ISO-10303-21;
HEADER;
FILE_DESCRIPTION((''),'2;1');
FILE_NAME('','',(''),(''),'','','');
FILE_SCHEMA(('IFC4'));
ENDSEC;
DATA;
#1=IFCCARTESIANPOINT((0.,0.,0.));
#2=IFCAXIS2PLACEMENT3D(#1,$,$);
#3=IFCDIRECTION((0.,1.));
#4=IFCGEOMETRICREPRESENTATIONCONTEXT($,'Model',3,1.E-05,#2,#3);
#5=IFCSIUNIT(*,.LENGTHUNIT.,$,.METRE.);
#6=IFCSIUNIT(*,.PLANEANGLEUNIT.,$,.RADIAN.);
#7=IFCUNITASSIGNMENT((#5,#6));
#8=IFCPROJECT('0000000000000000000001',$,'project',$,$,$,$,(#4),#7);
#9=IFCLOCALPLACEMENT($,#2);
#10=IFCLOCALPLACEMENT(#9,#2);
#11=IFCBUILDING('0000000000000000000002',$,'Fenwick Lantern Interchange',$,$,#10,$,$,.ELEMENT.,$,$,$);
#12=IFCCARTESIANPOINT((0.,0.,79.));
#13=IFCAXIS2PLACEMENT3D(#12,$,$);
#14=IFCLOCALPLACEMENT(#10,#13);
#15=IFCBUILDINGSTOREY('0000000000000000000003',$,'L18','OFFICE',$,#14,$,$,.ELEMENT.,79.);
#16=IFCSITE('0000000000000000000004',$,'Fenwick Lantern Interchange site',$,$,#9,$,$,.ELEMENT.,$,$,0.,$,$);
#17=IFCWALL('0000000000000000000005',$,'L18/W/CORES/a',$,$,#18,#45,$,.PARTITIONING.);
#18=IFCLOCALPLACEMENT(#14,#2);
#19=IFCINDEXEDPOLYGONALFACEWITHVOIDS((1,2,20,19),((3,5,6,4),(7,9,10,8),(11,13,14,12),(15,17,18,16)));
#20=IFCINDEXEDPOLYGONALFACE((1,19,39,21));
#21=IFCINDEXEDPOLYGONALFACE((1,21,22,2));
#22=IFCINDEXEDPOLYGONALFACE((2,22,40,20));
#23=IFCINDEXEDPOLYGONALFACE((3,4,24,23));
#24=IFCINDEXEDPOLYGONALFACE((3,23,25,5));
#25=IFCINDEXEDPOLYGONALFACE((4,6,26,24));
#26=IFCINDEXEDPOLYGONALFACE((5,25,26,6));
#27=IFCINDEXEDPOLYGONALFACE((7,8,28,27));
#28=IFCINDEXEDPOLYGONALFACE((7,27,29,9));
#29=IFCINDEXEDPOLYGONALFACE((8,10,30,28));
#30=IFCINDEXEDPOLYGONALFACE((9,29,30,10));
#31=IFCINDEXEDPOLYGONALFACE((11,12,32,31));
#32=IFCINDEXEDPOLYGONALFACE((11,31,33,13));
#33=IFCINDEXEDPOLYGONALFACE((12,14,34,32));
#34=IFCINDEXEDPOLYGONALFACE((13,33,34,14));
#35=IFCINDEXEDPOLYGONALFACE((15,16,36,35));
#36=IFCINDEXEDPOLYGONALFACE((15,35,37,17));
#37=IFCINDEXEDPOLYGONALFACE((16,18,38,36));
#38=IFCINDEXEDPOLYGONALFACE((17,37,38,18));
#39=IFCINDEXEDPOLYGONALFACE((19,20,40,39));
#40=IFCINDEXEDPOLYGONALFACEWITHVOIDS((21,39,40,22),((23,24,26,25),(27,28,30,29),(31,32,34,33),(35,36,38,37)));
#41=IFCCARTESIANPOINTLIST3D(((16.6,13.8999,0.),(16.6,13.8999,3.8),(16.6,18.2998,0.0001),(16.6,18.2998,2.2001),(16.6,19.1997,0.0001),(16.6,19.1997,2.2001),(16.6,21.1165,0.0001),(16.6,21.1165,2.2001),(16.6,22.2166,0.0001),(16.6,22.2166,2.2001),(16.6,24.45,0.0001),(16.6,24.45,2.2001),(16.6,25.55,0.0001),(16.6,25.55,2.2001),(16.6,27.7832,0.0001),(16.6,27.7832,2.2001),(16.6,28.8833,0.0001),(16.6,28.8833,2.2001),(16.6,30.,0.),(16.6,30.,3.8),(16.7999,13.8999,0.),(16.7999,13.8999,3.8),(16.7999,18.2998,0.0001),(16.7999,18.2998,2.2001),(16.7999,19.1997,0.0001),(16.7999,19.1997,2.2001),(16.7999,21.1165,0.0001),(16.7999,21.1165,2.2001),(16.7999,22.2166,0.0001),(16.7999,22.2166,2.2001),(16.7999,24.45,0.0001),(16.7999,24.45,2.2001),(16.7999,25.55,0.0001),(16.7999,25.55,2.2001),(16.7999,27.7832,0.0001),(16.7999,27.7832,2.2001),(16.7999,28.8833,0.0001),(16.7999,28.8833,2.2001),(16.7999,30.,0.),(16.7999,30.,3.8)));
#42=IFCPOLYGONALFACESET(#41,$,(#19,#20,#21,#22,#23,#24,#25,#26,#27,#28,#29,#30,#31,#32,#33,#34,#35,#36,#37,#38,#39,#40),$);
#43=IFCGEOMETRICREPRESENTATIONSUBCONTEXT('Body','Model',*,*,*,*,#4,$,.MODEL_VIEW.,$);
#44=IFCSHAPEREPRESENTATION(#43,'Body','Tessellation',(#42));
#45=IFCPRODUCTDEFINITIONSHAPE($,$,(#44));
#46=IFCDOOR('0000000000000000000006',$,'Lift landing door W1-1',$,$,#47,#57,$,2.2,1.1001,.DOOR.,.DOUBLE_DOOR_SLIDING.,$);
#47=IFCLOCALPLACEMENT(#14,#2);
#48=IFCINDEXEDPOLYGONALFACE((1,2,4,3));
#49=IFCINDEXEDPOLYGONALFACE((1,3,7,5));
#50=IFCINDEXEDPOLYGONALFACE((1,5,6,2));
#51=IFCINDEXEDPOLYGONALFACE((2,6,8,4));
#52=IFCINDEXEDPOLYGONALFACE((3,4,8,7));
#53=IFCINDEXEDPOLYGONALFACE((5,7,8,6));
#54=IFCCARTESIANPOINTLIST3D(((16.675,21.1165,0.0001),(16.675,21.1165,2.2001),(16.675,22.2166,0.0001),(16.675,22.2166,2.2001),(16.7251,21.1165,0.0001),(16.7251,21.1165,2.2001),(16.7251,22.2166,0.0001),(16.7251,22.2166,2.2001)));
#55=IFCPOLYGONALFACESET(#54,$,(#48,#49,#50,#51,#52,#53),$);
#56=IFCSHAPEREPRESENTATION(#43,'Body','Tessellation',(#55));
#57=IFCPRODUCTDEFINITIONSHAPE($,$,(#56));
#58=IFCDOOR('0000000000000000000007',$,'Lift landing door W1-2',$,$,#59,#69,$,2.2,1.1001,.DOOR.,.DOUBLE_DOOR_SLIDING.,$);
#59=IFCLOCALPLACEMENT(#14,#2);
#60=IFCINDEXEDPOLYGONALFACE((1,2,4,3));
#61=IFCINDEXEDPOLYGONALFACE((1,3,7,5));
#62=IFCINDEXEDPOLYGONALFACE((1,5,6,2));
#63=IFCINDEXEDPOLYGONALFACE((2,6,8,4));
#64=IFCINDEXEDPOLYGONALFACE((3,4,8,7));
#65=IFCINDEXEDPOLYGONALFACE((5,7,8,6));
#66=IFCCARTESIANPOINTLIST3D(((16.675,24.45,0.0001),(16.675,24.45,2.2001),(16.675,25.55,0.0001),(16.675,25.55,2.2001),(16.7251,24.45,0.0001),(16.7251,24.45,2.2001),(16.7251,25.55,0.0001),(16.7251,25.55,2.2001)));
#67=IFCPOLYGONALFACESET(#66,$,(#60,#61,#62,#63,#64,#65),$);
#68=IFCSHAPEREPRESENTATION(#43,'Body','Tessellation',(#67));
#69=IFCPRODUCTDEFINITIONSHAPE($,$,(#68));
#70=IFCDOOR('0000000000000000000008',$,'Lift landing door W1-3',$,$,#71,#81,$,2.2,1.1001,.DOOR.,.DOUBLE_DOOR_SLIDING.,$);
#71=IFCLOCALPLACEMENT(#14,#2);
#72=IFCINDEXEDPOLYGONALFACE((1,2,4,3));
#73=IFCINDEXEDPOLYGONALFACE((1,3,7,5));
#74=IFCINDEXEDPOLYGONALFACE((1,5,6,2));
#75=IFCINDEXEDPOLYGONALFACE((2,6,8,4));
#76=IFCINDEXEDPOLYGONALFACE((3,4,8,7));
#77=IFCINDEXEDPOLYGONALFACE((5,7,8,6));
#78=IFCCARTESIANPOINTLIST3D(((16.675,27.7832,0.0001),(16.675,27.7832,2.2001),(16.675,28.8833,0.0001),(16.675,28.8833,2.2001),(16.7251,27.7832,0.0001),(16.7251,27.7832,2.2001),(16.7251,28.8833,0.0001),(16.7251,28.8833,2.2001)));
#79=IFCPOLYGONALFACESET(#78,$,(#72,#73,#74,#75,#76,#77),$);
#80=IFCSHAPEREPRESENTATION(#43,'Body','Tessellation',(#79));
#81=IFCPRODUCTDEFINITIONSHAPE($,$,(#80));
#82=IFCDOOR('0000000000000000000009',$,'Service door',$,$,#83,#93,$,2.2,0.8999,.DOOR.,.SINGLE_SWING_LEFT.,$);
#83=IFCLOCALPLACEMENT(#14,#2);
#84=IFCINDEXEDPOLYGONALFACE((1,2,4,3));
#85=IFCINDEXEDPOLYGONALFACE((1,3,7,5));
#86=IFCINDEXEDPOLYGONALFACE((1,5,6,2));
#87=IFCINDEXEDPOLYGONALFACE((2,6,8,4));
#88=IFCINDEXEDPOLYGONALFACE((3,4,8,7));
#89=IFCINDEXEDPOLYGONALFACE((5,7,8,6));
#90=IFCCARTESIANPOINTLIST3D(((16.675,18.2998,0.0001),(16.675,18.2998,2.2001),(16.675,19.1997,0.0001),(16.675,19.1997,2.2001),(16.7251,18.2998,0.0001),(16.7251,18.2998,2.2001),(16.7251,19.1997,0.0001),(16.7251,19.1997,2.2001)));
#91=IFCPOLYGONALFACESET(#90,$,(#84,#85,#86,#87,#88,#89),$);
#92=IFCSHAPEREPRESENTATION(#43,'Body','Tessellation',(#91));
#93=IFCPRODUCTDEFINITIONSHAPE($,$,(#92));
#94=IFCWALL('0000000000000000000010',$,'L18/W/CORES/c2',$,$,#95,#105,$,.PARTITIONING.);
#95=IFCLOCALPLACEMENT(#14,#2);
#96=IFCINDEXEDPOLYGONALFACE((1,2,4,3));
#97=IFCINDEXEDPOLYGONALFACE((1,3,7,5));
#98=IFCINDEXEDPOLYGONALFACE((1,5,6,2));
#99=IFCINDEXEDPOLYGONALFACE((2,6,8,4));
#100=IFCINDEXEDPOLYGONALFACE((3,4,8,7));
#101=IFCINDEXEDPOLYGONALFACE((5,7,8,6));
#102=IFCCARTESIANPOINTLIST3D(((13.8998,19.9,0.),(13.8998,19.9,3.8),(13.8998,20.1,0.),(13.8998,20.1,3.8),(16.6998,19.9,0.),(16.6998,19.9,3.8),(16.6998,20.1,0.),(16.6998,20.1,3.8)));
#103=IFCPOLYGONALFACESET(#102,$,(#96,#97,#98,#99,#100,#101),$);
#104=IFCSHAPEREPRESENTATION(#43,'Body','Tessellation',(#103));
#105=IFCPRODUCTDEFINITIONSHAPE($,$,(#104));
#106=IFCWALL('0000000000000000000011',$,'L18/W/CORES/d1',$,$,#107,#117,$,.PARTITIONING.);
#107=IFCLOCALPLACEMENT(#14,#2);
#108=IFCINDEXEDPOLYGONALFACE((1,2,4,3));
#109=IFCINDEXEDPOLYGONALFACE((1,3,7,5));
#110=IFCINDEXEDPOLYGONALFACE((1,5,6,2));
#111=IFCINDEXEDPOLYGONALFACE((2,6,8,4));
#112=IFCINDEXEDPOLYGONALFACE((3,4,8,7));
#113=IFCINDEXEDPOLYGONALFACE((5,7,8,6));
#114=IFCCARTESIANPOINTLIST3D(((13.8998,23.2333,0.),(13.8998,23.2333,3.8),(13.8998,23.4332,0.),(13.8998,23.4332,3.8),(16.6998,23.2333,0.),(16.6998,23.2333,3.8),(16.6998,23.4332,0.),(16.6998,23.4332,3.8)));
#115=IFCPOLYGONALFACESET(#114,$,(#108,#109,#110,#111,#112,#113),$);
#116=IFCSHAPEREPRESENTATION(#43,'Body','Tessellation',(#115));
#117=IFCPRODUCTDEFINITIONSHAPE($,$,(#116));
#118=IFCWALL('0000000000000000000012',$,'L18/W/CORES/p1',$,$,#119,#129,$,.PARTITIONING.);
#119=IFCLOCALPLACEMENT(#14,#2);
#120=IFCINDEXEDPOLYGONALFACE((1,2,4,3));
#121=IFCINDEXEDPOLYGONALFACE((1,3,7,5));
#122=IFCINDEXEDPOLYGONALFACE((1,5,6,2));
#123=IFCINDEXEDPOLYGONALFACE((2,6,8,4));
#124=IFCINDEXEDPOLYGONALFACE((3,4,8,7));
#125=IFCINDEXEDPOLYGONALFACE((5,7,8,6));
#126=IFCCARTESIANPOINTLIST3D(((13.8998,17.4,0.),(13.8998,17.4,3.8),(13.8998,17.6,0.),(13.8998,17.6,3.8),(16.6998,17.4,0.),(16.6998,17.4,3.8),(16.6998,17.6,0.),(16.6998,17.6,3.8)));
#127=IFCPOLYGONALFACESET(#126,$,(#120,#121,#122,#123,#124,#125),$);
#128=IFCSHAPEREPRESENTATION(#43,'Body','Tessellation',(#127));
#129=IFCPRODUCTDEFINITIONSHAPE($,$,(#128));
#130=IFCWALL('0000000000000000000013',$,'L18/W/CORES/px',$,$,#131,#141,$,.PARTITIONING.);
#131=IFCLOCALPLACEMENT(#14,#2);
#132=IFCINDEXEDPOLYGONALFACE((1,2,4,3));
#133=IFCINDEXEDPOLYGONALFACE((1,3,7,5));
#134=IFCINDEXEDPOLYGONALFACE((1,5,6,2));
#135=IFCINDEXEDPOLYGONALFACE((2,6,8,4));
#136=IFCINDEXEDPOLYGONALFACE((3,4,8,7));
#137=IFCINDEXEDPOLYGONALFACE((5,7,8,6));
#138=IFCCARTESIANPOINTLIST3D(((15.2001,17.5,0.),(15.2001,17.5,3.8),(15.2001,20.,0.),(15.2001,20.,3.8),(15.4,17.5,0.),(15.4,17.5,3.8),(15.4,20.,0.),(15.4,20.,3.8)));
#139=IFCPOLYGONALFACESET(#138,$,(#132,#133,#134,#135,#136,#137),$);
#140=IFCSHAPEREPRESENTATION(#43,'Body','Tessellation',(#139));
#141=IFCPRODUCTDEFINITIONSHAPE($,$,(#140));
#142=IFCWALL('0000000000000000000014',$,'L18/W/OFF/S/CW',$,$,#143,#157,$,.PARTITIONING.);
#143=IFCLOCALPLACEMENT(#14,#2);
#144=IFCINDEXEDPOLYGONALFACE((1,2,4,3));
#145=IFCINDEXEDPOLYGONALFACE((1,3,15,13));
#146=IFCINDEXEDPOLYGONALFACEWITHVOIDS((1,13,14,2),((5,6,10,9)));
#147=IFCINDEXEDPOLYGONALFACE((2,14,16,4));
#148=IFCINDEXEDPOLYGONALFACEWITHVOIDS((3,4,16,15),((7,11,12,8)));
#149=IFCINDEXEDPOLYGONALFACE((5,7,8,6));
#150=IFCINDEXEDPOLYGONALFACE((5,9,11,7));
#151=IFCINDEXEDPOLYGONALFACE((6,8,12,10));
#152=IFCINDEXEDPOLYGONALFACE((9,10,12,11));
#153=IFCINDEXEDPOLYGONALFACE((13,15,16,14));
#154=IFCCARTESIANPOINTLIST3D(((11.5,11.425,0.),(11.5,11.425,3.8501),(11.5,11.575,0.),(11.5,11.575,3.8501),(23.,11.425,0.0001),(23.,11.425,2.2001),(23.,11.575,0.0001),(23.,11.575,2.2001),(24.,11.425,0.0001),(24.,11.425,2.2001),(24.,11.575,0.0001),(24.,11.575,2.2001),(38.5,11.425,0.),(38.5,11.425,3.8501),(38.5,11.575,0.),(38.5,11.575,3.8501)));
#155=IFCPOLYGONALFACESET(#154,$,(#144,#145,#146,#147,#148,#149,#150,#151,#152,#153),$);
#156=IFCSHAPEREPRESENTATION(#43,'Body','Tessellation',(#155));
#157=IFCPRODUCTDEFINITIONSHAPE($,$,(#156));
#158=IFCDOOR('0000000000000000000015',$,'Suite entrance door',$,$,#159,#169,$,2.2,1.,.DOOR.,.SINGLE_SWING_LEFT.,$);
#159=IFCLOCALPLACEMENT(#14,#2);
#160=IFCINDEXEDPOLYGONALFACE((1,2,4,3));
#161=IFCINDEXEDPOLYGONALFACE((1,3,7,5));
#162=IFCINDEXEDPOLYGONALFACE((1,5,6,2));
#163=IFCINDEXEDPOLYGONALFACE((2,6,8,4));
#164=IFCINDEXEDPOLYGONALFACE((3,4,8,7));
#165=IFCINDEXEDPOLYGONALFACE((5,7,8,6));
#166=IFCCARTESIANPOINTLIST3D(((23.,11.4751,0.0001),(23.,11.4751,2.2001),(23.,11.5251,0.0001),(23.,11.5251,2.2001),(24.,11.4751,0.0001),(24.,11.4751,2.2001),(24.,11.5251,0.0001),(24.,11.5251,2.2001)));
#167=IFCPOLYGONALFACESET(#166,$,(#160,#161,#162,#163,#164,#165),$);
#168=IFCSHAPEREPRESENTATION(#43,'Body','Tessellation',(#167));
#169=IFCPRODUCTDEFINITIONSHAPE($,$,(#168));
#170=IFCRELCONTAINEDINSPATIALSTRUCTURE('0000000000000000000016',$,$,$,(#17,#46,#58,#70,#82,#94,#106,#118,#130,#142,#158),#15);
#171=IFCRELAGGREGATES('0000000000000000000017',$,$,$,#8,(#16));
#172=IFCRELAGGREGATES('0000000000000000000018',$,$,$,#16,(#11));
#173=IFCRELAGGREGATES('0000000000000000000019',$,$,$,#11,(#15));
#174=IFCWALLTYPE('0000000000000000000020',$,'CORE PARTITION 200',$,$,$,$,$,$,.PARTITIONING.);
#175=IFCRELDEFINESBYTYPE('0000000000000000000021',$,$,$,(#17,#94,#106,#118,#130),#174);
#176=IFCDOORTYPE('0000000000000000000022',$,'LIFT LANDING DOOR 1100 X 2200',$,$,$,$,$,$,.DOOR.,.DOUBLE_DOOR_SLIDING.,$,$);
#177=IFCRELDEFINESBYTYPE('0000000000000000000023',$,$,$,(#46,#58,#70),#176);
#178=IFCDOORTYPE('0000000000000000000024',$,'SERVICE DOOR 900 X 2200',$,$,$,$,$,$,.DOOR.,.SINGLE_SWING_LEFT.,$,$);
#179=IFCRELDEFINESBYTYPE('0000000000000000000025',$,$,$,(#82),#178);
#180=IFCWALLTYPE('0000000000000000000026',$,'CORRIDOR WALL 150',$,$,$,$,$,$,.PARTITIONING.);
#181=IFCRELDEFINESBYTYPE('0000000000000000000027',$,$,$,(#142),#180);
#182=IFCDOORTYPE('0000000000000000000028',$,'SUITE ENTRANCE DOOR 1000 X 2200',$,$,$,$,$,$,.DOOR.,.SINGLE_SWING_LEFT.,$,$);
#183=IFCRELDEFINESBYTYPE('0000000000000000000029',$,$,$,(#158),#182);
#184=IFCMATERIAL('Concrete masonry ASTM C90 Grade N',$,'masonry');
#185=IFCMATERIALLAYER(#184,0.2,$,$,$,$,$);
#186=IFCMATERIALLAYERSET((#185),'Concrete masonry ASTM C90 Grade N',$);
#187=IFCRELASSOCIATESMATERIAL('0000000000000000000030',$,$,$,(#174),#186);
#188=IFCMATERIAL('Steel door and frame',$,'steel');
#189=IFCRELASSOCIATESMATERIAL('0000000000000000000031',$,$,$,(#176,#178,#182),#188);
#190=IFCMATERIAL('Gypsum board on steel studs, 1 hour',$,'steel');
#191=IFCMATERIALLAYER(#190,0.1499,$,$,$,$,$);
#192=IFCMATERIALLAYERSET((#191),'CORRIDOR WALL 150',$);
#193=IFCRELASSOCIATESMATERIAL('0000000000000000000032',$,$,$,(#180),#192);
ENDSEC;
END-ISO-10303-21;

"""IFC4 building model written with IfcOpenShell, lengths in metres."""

from ifc_helpers import new_model, si_unit, direction, frame, frame_2d, origin, place, context, subcontext, project, spatial, rectangle, extrude, material, layer, layer_set, type_object, element, fill, save


model = new_model("IFC4")

# Units and contexts
model_context = context("Model", 3, precision=1e-05, world=origin(), true_north=direction((0.0, 1.0)))
body_context = subcontext(model_context, "Body", "Model", "MODEL_VIEW")
ifc_project = project(units=[si_unit("LENGTHUNIT", "METRE"), si_unit("PLANEANGLEUNIT", "RADIAN")], contexts=[model_context])

# Site, building, storey
site_placement = place(None, origin())
site = spatial("IfcSite", under=ifc_project, at=site_placement, Name="Fenwick Lantern Interchange site", CompositionType="ELEMENT", RefElevation=0.0)
building_placement = place(site_placement, origin())
building = spatial("IfcBuilding", under=site, at=building_placement, Name="Fenwick Lantern Interchange", CompositionType="ELEMENT")
storey_placement = place(building_placement, frame((0.0, 0.0, 79.0)))
storey = spatial("IfcBuildingStorey", under=building, at=storey_placement, Name="L18", Description="OFFICE", CompositionType="ELEMENT", Elevation=79.0)

# Wall, openings, doors
ifc_material_1 = material(Name="Concrete masonry ASTM C90 Grade N", Category="masonry")
ifc_layer_1 = layer(ifc_material_1, 0.2)
ifc_layer_set_1 = layer_set([ifc_layer_1], Name="Concrete masonry ASTM C90 Grade N")
wall_type_1 = type_object("IfcWallType", Name="CORE PARTITION 200", PredefinedType="PARTITIONING", material=ifc_layer_set_1)
wall_1_placement = place(storey_placement, frame((16.7, 13.8999, 0.0), z_axis=(0.0, 0.0, 1.0), x_axis=(0.0, 1.0, 0.0)))
wall_1 = element("IfcWall", 1, at=wall_1_placement, inside=storey, type_object=wall_type_1, Name="L18/W/CORES/a", PredefinedType="PARTITIONING", context=body_context, shape_type="SweptSolid", body=[
    extrude(rectangle(XDim=16.1001, YDim=0.2, at=frame_2d((8.05, 0.0))), origin(), (0.0, 0.0, 1.0), 3.8),
])
opening_1_placement = place(wall_1_placement, frame((4.3999, 0.0, 0.0)))
opening_1 = element("IfcOpeningElement", 2, at=opening_1_placement, cuts=wall_1, PredefinedType="OPENING", context=body_context, shape_type="SweptSolid", body=[
    extrude(rectangle(XDim=0.8999, YDim=2.2, at=frame_2d((0.45, 1.1001))), frame((0.0, 0.1099, 0.0), z_axis=(0.0, -1.0, 0.0), x_axis=(1.0, 0.0, 0.0)), (0.0, 0.0, 1.0), 0.22),
])
opening_2_placement = place(wall_1_placement, frame((7.2166, 0.0, 0.0)))
opening_2 = element("IfcOpeningElement", 3, at=opening_2_placement, cuts=wall_1, PredefinedType="OPENING", context=body_context, shape_type="SweptSolid", body=[
    extrude(rectangle(XDim=1.1001, YDim=2.2, at=frame_2d((0.55, 1.1001))), frame((0.0, 0.1099, 0.0), z_axis=(0.0, -1.0, 0.0), x_axis=(1.0, 0.0, 0.0)), (0.0, 0.0, 1.0), 0.22),
])
opening_3_placement = place(wall_1_placement, frame((10.55, 0.0, 0.0)))
opening_3 = element("IfcOpeningElement", 4, at=opening_3_placement, cuts=wall_1, PredefinedType="OPENING", context=body_context, shape_type="SweptSolid", body=[
    extrude(rectangle(XDim=1.1001, YDim=2.2, at=frame_2d((0.55, 1.1001))), frame((0.0, 0.1099, 0.0), z_axis=(0.0, -1.0, 0.0), x_axis=(1.0, 0.0, 0.0)), (0.0, 0.0, 1.0), 0.22),
])
opening_4_placement = place(wall_1_placement, frame((13.8833, 0.0, 0.0)))
opening_4 = element("IfcOpeningElement", 5, at=opening_4_placement, cuts=wall_1, PredefinedType="OPENING", context=body_context, shape_type="SweptSolid", body=[
    extrude(rectangle(XDim=1.1001, YDim=2.2, at=frame_2d((0.55, 1.1001))), frame((0.0, 0.1099, 0.0), z_axis=(0.0, -1.0, 0.0), x_axis=(1.0, 0.0, 0.0)), (0.0, 0.0, 1.0), 0.22),
])
ifc_material_2 = material(Name="Steel door and frame", Category="steel")
door_type_1 = type_object("IfcDoorType", Name="LIFT LANDING DOOR 1100 X 2200", OperationType="DOUBLE_DOOR_SLIDING", PredefinedType="DOOR", material=ifc_material_2)
door_1_placement = place(opening_2_placement, origin())
door_1 = element("IfcDoor", 6, at=door_1_placement, inside=storey, type_object=door_type_1, Name="Lift landing door W1-1", OperationType="DOUBLE_DOOR_SLIDING", OverallHeight=2.2, OverallWidth=1.1001, PredefinedType="DOOR", context=body_context, shape_type="SweptSolid", body=[
    extrude(rectangle(XDim=1.1001, YDim=2.2, at=frame_2d((0.55, 1.1001))), frame((0.0, 0.0249, 0.0), z_axis=(0.0, -1.0, 0.0), x_axis=(1.0, 0.0, 0.0)), (0.0, 0.0, 1.0), 0.05),
])
fill(opening_2, door_1)
door_2_placement = place(opening_3_placement, origin())
door_2 = element("IfcDoor", 7, at=door_2_placement, inside=storey, type_object=door_type_1, Name="Lift landing door W1-2", OperationType="DOUBLE_DOOR_SLIDING", OverallHeight=2.2, OverallWidth=1.1001, PredefinedType="DOOR", context=body_context, shape_type="SweptSolid", body=[
    extrude(rectangle(XDim=1.1001, YDim=2.2, at=frame_2d((0.55, 1.1001))), frame((0.0, 0.0249, 0.0), z_axis=(0.0, -1.0, 0.0), x_axis=(1.0, 0.0, 0.0)), (0.0, 0.0, 1.0), 0.05),
])
fill(opening_3, door_2)
door_3_placement = place(opening_4_placement, origin())
door_3 = element("IfcDoor", 8, at=door_3_placement, inside=storey, type_object=door_type_1, Name="Lift landing door W1-3", OperationType="DOUBLE_DOOR_SLIDING", OverallHeight=2.2, OverallWidth=1.1001, PredefinedType="DOOR", context=body_context, shape_type="SweptSolid", body=[
    extrude(rectangle(XDim=1.1001, YDim=2.2, at=frame_2d((0.55, 1.1001))), frame((0.0, 0.0249, 0.0), z_axis=(0.0, -1.0, 0.0), x_axis=(1.0, 0.0, 0.0)), (0.0, 0.0, 1.0), 0.05),
])
fill(opening_4, door_3)
door_type_2 = type_object("IfcDoorType", Name="SERVICE DOOR 900 X 2200", OperationType="SINGLE_SWING_LEFT", PredefinedType="DOOR", material=ifc_material_2)
door_4_placement = place(opening_1_placement, origin())
door_4 = element("IfcDoor", 9, at=door_4_placement, inside=storey, type_object=door_type_2, Name="Service door", OperationType="SINGLE_SWING_LEFT", OverallHeight=2.2, OverallWidth=0.8999, PredefinedType="DOOR", context=body_context, shape_type="SweptSolid", body=[
    extrude(rectangle(XDim=0.8999, YDim=2.2, at=frame_2d((0.45, 1.1001))), frame((0.0, 0.0249, 0.0), z_axis=(0.0, -1.0, 0.0), x_axis=(1.0, 0.0, 0.0)), (0.0, 0.0, 1.0), 0.05),
])
fill(opening_1, door_4)

# Walls
for number, where, z_axis, x_axis, name in (
    (10, (13.8999, 20.0, 0.0), (0.0, 0.0, 1.0), (1.0, 0.0, 0.0), "L18/W/CORES/c2"),
    (11, (13.8999, 23.3333, 0.0), (0.0, 0.0, 1.0), (1.0, 0.0, 0.0), "L18/W/CORES/d1"),
    (12, (13.8999, 17.5, 0.0), (0.0, 0.0, 1.0), (1.0, 0.0, 0.0), "L18/W/CORES/p1"),
):
    element("IfcWall", number, at=place(storey_placement, frame(where, z_axis=z_axis, x_axis=x_axis)), inside=storey, type_object=wall_type_1, Name=name, PredefinedType="PARTITIONING", context=body_context, shape_type="SweptSolid", body=[
        extrude(rectangle(XDim=2.8, YDim=0.2, at=frame_2d((1.3999, 0.0))), origin(), (0.0, 0.0, 1.0), 3.8),
    ])
wall_2_placement = place(storey_placement, frame((15.3, 17.5, 0.0), z_axis=(0.0, 0.0, 1.0), x_axis=(0.0, 1.0, 0.0)))
element("IfcWall", 13, at=wall_2_placement, inside=storey, type_object=wall_type_1, Name="L18/W/CORES/px", PredefinedType="PARTITIONING", context=body_context, shape_type="SweptSolid", body=[
    extrude(rectangle(XDim=2.5, YDim=0.2, at=frame_2d((1.25, 0.0))), origin(), (0.0, 0.0, 1.0), 3.8),
])

# Wall, opening, door
ifc_material_3 = material(Name="Gypsum board on steel studs, 1 hour", Category="steel")
ifc_layer_2 = layer(ifc_material_3, 0.1499)
ifc_layer_set_2 = layer_set([ifc_layer_2], Name="CORRIDOR WALL 150")
wall_type_2 = type_object("IfcWallType", Name="CORRIDOR WALL 150", PredefinedType="PARTITIONING", material=ifc_layer_set_2)
wall_3_placement = place(storey_placement, frame((11.5, 11.5, 0.0), z_axis=(0.0, 0.0, 1.0), x_axis=(1.0, 0.0, 0.0)))
wall_3 = element("IfcWall", 14, at=wall_3_placement, inside=storey, type_object=wall_type_2, Name="L18/W/OFF/S/CW", PredefinedType="PARTITIONING", context=body_context, shape_type="SweptSolid", body=[
    extrude(rectangle(XDim=27.0, YDim=0.1499, at=frame_2d((13.5, 0.0))), origin(), (0.0, 0.0, 1.0), 3.8501),
])
opening_5_placement = place(wall_3_placement, frame((11.5, 0.0, 0.0)))
opening_5 = element("IfcOpeningElement", 15, at=opening_5_placement, cuts=wall_3, PredefinedType="OPENING", context=body_context, shape_type="SweptSolid", body=[
    extrude(rectangle(XDim=1.0, YDim=2.2, at=frame_2d((0.5, 1.1001))), frame((0.0, 0.085, 0.0), z_axis=(0.0, -1.0, 0.0), x_axis=(1.0, 0.0, 0.0)), (0.0, 0.0, 1.0), 0.1699),
])
door_type_3 = type_object("IfcDoorType", Name="SUITE ENTRANCE DOOR 1000 X 2200", OperationType="SINGLE_SWING_LEFT", PredefinedType="DOOR", material=ifc_material_2)
door_5_placement = place(opening_5_placement, frame((1.0, 0.0, 0.0), z_axis=(0.0, 0.0, 1.0), x_axis=(-1.0, 0.0, 0.0)))
door_5 = element("IfcDoor", 16, at=door_5_placement, inside=storey, type_object=door_type_3, Name="Suite entrance door", OperationType="SINGLE_SWING_LEFT", OverallHeight=2.2, OverallWidth=1.0, PredefinedType="DOOR", context=body_context, shape_type="SweptSolid", body=[
    extrude(rectangle(XDim=1.0, YDim=2.2, at=frame_2d((0.5, 1.1001))), frame((0.0, 0.0249, 0.0), z_axis=(0.0, -1.0, 0.0), x_axis=(1.0, 0.0, 0.0)), (0.0, 0.0, 1.0), 0.05),
])
fill(opening_5, door_5)

save(model, "model.ifc")
